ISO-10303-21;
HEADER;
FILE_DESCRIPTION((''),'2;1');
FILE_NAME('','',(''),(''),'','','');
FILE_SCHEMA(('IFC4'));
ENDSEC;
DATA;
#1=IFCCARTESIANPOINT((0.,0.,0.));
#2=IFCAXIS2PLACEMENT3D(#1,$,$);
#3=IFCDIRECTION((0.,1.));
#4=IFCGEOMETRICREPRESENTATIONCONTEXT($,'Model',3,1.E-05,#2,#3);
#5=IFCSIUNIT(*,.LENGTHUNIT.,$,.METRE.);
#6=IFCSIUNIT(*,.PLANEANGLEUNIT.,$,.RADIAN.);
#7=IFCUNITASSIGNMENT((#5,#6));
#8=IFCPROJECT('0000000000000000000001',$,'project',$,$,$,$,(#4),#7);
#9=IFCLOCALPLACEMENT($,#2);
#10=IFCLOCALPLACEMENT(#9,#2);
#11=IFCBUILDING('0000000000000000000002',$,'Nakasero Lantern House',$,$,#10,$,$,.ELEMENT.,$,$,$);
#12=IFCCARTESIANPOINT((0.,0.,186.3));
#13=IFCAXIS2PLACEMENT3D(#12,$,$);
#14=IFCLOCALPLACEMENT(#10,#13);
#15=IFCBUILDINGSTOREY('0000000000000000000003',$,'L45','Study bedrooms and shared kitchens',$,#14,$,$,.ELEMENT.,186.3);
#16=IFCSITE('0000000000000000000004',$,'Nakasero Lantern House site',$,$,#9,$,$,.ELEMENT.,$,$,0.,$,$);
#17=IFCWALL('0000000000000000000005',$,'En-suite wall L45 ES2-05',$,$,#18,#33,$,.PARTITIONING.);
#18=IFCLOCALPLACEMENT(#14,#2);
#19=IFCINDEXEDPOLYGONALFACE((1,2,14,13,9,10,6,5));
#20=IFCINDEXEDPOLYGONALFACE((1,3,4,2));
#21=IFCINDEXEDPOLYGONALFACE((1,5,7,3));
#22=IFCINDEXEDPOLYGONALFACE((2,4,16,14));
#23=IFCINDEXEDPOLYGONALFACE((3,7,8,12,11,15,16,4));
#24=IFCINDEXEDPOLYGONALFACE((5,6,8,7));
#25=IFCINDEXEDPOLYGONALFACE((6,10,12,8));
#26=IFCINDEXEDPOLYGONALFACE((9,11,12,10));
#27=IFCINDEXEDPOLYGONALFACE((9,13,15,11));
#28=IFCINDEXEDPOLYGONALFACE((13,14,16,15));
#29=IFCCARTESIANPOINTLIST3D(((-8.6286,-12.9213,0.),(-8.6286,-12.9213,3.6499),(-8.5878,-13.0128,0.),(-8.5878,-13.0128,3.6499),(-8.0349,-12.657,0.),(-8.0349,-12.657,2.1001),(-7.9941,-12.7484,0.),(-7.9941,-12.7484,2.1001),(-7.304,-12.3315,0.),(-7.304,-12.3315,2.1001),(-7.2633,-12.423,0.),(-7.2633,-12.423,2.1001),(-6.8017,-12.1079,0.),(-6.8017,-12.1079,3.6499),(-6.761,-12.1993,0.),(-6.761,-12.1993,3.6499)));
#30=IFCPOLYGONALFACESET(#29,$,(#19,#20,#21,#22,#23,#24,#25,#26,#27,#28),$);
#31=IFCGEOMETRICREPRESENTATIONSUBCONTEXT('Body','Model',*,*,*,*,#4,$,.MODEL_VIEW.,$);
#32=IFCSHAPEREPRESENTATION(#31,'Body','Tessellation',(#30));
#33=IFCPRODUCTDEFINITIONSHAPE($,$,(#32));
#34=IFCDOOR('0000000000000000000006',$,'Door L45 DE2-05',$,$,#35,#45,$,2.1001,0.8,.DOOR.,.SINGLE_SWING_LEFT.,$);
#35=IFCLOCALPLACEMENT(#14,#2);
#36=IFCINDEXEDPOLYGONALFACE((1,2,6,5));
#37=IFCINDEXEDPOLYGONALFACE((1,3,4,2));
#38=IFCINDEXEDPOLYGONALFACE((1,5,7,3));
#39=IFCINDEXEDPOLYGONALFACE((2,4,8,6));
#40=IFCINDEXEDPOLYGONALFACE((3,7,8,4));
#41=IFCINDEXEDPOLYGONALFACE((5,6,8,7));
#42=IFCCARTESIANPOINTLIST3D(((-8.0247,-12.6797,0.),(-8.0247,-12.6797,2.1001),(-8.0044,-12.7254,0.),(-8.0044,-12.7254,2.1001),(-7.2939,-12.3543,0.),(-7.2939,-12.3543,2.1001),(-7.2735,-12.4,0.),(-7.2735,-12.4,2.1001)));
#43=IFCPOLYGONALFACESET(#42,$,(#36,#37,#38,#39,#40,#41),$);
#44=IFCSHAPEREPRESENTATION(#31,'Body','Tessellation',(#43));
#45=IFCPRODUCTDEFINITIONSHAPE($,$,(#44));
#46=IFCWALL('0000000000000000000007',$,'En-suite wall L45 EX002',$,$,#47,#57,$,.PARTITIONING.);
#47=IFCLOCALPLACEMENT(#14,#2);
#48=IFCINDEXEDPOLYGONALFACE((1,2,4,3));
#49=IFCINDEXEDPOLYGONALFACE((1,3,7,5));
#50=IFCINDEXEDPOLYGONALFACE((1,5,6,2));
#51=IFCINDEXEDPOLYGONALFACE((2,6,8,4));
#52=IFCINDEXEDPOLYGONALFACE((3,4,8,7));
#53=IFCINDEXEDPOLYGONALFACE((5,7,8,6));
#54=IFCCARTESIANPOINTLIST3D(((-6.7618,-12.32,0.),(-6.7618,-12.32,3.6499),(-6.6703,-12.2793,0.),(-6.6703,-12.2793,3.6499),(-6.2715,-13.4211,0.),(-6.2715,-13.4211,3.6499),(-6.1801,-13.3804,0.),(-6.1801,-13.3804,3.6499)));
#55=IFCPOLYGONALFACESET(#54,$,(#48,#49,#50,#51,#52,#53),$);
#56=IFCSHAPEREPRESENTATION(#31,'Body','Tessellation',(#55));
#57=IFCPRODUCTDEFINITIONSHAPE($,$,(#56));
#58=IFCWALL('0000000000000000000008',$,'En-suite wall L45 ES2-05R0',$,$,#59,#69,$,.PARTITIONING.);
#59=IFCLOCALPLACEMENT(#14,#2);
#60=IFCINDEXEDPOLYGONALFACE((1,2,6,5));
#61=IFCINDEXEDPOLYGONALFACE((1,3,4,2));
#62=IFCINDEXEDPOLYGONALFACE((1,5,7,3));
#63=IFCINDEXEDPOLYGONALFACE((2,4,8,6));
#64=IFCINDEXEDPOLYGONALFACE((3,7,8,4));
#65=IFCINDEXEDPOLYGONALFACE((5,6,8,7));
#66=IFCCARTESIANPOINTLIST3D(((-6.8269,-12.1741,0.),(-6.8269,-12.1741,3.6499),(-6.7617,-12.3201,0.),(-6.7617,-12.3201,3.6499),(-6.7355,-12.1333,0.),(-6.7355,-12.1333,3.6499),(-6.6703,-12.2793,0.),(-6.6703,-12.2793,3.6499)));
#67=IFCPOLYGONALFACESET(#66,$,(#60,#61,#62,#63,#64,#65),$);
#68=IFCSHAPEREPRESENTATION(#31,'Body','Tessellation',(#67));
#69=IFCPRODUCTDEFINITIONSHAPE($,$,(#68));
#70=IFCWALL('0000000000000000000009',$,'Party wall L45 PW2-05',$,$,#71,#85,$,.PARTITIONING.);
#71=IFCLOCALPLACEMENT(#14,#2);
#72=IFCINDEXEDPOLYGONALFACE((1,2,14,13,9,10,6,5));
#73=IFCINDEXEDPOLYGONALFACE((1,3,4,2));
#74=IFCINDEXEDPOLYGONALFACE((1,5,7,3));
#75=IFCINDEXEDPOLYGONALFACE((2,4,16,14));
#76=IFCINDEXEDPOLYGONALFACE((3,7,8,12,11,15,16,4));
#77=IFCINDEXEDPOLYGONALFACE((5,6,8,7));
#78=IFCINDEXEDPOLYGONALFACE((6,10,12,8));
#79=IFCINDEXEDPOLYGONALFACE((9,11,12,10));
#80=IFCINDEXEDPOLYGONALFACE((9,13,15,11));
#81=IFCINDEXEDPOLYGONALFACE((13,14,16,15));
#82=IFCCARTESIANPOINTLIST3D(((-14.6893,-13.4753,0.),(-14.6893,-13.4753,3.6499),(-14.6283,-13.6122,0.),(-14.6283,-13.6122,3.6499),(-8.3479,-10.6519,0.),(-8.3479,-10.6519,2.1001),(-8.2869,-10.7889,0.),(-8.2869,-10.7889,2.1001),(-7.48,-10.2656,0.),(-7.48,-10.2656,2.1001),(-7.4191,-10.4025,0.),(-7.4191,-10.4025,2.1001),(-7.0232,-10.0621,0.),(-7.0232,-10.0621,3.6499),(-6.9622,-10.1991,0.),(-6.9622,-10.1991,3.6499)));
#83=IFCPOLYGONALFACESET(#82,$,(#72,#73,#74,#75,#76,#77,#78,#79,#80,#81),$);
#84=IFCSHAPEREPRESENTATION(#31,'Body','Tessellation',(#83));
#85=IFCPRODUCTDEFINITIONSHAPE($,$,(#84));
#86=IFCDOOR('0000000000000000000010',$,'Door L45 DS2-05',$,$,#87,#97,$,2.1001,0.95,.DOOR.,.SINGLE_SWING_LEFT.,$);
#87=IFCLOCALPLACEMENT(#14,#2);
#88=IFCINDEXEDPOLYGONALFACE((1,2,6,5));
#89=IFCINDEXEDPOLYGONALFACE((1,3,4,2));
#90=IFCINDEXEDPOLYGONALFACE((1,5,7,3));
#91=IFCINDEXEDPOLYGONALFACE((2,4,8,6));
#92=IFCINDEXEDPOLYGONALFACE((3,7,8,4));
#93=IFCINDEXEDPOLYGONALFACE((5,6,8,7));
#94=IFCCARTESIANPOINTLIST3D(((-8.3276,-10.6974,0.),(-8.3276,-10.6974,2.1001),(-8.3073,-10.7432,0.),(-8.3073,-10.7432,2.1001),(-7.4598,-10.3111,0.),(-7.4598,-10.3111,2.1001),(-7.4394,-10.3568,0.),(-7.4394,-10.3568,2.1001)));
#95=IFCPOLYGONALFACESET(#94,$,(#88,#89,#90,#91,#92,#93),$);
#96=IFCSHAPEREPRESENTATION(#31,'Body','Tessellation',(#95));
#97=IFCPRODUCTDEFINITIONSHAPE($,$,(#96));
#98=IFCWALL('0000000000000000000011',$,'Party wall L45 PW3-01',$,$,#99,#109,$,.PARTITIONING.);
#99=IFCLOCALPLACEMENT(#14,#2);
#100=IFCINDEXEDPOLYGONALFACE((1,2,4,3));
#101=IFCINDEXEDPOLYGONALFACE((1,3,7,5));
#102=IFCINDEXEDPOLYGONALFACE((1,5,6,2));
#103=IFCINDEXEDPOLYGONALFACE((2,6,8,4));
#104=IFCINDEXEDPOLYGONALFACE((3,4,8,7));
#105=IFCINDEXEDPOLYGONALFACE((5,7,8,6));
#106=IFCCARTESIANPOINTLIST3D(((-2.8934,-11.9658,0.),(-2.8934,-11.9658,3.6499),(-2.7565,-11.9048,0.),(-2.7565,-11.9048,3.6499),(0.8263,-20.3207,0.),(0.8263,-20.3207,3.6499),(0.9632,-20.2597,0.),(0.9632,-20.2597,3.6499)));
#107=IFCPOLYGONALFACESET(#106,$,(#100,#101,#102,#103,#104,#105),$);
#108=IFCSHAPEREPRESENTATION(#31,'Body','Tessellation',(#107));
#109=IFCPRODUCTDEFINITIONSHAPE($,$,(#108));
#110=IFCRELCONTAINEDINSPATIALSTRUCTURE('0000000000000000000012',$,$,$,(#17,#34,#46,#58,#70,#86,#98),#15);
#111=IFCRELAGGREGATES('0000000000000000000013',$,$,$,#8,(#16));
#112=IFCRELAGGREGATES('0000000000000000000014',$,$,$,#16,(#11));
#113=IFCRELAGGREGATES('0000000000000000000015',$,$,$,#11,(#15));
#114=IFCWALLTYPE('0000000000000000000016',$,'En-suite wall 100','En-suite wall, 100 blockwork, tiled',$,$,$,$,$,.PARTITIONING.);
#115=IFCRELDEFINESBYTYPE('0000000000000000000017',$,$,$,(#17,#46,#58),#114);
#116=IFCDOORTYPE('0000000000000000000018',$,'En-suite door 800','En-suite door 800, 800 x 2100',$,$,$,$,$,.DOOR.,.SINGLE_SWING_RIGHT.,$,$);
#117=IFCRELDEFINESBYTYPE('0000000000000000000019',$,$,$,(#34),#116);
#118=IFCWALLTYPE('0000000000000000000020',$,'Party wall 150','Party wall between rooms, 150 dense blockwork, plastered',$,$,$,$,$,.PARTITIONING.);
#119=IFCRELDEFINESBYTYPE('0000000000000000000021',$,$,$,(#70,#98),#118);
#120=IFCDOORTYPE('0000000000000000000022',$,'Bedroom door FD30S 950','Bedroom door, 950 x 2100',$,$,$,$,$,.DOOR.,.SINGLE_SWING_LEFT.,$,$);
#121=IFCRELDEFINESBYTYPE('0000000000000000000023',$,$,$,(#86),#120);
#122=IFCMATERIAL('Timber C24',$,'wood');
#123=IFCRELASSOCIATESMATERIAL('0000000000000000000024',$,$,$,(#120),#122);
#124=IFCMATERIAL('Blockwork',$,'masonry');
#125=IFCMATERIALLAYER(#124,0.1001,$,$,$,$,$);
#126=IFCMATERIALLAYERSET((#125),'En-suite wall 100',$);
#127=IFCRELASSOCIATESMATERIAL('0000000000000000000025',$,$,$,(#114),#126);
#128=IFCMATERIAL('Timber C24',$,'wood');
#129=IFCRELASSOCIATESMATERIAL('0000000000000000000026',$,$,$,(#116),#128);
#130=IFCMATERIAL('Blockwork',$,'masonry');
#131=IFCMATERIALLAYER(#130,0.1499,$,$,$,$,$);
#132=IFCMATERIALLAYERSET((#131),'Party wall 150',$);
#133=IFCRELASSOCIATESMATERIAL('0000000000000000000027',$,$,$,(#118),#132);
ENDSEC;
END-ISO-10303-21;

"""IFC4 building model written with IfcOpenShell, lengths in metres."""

from ifc_helpers import new_model, si_unit, direction, frame, frame_2d, origin, place, context, subcontext, project, spatial, rectangle, extrude, material, layer, layer_set, type_object, element, fill, save


model = new_model("IFC4")

# Units and contexts
model_context = context("Model", 3, precision=1e-05, world=origin(), true_north=direction((0.0, 1.0)))
body_context = subcontext(model_context, "Body", "Model", "MODEL_VIEW")
ifc_project = project(units=[si_unit("LENGTHUNIT", "METRE"), si_unit("PLANEANGLEUNIT", "RADIAN")], contexts=[model_context])

# Site, building, storey
site_placement = place(None, origin())
site = spatial("IfcSite", under=ifc_project, at=site_placement, Name="Nakasero Lantern House site", CompositionType="ELEMENT", RefElevation=0.0)
building_placement = place(site_placement, origin())
building = spatial("IfcBuilding", under=site, at=building_placement, Name="Nakasero Lantern House", CompositionType="ELEMENT")
storey_placement = place(building_placement, frame((0.0, 0.0, 186.3)))
storey = spatial("IfcBuildingStorey", under=building, at=storey_placement, Name="L45", Description="Study bedrooms and shared kitchens", CompositionType="ELEMENT", Elevation=186.3)

# Wall, opening, door
ifc_material_1 = material(Name="Timber C24", Category="wood")
door_type_1 = type_object("IfcDoorType", Name="Bedroom door FD30S 950", Description="Bedroom door, 950 x 2100", OperationType="SINGLE_SWING_LEFT", PredefinedType="DOOR", material=ifc_material_1)
ifc_material_2 = material(Name="Blockwork", Category="masonry")
ifc_layer_1 = layer(ifc_material_2, 0.1001)
ifc_layer_set_1 = layer_set([ifc_layer_1], Name="En-suite wall 100")
wall_type_1 = type_object("IfcWallType", Name="En-suite wall 100", Description="En-suite wall, 100 blockwork, tiled", PredefinedType="PARTITIONING", material=ifc_layer_set_1)
wall_1_placement = place(storey_placement, frame((-6.7812, -12.1536, 0.0), z_axis=(0.0, 0.0, 1.0), x_axis=(-0.913529, -0.406773, 0.0)))
wall_1 = element("IfcWall", 1, at=wall_1_placement, inside=storey, type_object=wall_type_1, Name="En-suite wall L45 ES2-05", PredefinedType="PARTITIONING", context=body_context, shape_type="SweptSolid", body=[
    extrude(rectangle(XDim=1.9998, YDim=0.1001, at=frame_2d((1.0, 0.0))), origin(), (0.0, 0.0, 1.0), 3.6499),
])
opening_1_placement = place(wall_1_placement, frame((0.55, 0.0, 0.0)))
opening_1 = element("IfcOpeningElement", 2, at=opening_1_placement, cuts=wall_1, PredefinedType="OPENING", context=body_context, shape_type="SweptSolid", body=[
    extrude(rectangle(XDim=0.8, YDim=2.1001, at=frame_2d((0.3999, 1.05))), frame((0.0, 0.0701, 0.0), z_axis=(0.0, -1.0, 0.0), x_axis=(1.0, 0.0, 0.0)), (0.0, 0.0, 1.0), 0.1401),
])
ifc_material_3 = material(Name="Timber C24", Category="wood")
door_type_2 = type_object("IfcDoorType", Name="En-suite door 800", Description="En-suite door 800, 800 x 2100", OperationType="SINGLE_SWING_RIGHT", PredefinedType="DOOR", material=ifc_material_3)
door_1_placement = place(opening_1_placement, origin())
door_1 = element("IfcDoor", 3, at=door_1_placement, inside=storey, type_object=door_type_2, Name="Door L45 DE2-05", OperationType="SINGLE_SWING_LEFT", OverallHeight=2.1001, OverallWidth=0.8, PredefinedType="DOOR", context=body_context, shape_type="SweptSolid", body=[
    extrude(rectangle(XDim=0.8, YDim=2.1001, at=frame_2d((0.3999, 1.05))), frame((0.0, 0.0249, 0.0), z_axis=(0.0, -1.0, 0.0), x_axis=(1.0, 0.0, 0.0)), (0.0, 0.0, 1.0), 0.05),
])
fill(opening_1, door_1)

# Walls
wall_2_placement = place(storey_placement, frame((-6.2258, -13.4006, 0.0), z_axis=(0.0, 0.0, 1.0), x_axis=(-0.40674, 0.913544, 0.0)))
element("IfcWall", 4, at=wall_2_placement, inside=storey, type_object=wall_type_1, Name="En-suite wall L45 EX002", PredefinedType="PARTITIONING", context=body_context, shape_type="SweptSolid", body=[
    extrude(rectangle(XDim=1.2053, YDim=0.1001, at=frame_2d((0.6025, 0.0))), origin(), (0.0, 0.0, 1.0), 3.6499),
])
wall_3_placement = place(storey_placement, frame((-6.7812, -12.1536, 0.0), z_axis=(0.0, 0.0, 1.0), x_axis=(0.407696, -0.913118, 0.0)))
element("IfcWall", 5, at=wall_3_placement, inside=storey, type_object=wall_type_1, Name="En-suite wall L45 ES2-05R0", PredefinedType="PARTITIONING", context=body_context, shape_type="SweptSolid", body=[
    extrude(rectangle(XDim=0.1599, YDim=0.1001, at=frame_2d((0.0801, 0.0))), origin(), (0.0, 0.0, 1.0), 3.6499),
])

# Wall, opening, door
ifc_material_4 = material(Name="Blockwork", Category="masonry")
ifc_layer_2 = layer(ifc_material_4, 0.1499)
ifc_layer_set_2 = layer_set([ifc_layer_2], Name="Party wall 150")
wall_type_2 = type_object("IfcWallType", Name="Party wall 150", Description="Party wall between rooms, 150 dense blockwork, plastered", PredefinedType="PARTITIONING", material=ifc_layer_set_2)
wall_4_placement = place(storey_placement, frame((-6.9927, -10.1306, 0.0), z_axis=(0.0, 0.0, 1.0), x_axis=(-0.913547, -0.406732, 0.0)))
wall_4 = element("IfcWall", 6, at=wall_4_placement, inside=storey, type_object=wall_type_2, Name="Party wall L45 PW2-05", PredefinedType="PARTITIONING", context=body_context, shape_type="SweptSolid", body=[
    extrude(rectangle(XDim=8.3916, YDim=0.1499, at=frame_2d((4.1958, 0.0))), origin(), (0.0, 0.0, 1.0), 3.6499),
])
opening_2_placement = place(wall_4_placement, frame((0.5, 0.0, 0.0)))
opening_2 = element("IfcOpeningElement", 7, at=opening_2_placement, cuts=wall_4, PredefinedType="OPENING", context=body_context, shape_type="SweptSolid", body=[
    extrude(rectangle(XDim=0.95, YDim=2.1001, at=frame_2d((0.4751, 1.05))), frame((0.0, 0.095, 0.0), z_axis=(0.0, -1.0, 0.0), x_axis=(1.0, 0.0, 0.0)), (0.0, 0.0, 1.0), 0.1899),
])
door_2_placement = place(opening_2_placement, origin())
door_2 = element("IfcDoor", 8, at=door_2_placement, inside=storey, type_object=door_type_1, Name="Door L45 DS2-05", OperationType="SINGLE_SWING_LEFT", OverallHeight=2.1001, OverallWidth=0.95, PredefinedType="DOOR", context=body_context, shape_type="SweptSolid", body=[
    extrude(rectangle(XDim=0.95, YDim=2.1001, at=frame_2d((0.4751, 1.05))), frame((0.0, 0.0249, 0.0), z_axis=(0.0, -1.0, 0.0), x_axis=(1.0, 0.0, 0.0)), (0.0, 0.0, 1.0), 0.05),
])
fill(opening_2, door_2)

# Wall
wall_5_placement = place(storey_placement, frame((-2.825, -11.9353, 0.0), z_axis=(0.0, 0.0, 1.0), x_axis=(0.406723, -0.913552, 0.0)))
element("IfcWall", 9, at=wall_5_placement, inside=storey, type_object=wall_type_2, Name="Party wall L45 PW3-01", PredefinedType="PARTITIONING", context=body_context, shape_type="SweptSolid", body=[
    extrude(rectangle(XDim=9.1455, YDim=0.1499, at=frame_2d((4.5728, 0.0))), origin(), (0.0, 0.0, 1.0), 3.6499),
])

save(model, "model.ifc")
